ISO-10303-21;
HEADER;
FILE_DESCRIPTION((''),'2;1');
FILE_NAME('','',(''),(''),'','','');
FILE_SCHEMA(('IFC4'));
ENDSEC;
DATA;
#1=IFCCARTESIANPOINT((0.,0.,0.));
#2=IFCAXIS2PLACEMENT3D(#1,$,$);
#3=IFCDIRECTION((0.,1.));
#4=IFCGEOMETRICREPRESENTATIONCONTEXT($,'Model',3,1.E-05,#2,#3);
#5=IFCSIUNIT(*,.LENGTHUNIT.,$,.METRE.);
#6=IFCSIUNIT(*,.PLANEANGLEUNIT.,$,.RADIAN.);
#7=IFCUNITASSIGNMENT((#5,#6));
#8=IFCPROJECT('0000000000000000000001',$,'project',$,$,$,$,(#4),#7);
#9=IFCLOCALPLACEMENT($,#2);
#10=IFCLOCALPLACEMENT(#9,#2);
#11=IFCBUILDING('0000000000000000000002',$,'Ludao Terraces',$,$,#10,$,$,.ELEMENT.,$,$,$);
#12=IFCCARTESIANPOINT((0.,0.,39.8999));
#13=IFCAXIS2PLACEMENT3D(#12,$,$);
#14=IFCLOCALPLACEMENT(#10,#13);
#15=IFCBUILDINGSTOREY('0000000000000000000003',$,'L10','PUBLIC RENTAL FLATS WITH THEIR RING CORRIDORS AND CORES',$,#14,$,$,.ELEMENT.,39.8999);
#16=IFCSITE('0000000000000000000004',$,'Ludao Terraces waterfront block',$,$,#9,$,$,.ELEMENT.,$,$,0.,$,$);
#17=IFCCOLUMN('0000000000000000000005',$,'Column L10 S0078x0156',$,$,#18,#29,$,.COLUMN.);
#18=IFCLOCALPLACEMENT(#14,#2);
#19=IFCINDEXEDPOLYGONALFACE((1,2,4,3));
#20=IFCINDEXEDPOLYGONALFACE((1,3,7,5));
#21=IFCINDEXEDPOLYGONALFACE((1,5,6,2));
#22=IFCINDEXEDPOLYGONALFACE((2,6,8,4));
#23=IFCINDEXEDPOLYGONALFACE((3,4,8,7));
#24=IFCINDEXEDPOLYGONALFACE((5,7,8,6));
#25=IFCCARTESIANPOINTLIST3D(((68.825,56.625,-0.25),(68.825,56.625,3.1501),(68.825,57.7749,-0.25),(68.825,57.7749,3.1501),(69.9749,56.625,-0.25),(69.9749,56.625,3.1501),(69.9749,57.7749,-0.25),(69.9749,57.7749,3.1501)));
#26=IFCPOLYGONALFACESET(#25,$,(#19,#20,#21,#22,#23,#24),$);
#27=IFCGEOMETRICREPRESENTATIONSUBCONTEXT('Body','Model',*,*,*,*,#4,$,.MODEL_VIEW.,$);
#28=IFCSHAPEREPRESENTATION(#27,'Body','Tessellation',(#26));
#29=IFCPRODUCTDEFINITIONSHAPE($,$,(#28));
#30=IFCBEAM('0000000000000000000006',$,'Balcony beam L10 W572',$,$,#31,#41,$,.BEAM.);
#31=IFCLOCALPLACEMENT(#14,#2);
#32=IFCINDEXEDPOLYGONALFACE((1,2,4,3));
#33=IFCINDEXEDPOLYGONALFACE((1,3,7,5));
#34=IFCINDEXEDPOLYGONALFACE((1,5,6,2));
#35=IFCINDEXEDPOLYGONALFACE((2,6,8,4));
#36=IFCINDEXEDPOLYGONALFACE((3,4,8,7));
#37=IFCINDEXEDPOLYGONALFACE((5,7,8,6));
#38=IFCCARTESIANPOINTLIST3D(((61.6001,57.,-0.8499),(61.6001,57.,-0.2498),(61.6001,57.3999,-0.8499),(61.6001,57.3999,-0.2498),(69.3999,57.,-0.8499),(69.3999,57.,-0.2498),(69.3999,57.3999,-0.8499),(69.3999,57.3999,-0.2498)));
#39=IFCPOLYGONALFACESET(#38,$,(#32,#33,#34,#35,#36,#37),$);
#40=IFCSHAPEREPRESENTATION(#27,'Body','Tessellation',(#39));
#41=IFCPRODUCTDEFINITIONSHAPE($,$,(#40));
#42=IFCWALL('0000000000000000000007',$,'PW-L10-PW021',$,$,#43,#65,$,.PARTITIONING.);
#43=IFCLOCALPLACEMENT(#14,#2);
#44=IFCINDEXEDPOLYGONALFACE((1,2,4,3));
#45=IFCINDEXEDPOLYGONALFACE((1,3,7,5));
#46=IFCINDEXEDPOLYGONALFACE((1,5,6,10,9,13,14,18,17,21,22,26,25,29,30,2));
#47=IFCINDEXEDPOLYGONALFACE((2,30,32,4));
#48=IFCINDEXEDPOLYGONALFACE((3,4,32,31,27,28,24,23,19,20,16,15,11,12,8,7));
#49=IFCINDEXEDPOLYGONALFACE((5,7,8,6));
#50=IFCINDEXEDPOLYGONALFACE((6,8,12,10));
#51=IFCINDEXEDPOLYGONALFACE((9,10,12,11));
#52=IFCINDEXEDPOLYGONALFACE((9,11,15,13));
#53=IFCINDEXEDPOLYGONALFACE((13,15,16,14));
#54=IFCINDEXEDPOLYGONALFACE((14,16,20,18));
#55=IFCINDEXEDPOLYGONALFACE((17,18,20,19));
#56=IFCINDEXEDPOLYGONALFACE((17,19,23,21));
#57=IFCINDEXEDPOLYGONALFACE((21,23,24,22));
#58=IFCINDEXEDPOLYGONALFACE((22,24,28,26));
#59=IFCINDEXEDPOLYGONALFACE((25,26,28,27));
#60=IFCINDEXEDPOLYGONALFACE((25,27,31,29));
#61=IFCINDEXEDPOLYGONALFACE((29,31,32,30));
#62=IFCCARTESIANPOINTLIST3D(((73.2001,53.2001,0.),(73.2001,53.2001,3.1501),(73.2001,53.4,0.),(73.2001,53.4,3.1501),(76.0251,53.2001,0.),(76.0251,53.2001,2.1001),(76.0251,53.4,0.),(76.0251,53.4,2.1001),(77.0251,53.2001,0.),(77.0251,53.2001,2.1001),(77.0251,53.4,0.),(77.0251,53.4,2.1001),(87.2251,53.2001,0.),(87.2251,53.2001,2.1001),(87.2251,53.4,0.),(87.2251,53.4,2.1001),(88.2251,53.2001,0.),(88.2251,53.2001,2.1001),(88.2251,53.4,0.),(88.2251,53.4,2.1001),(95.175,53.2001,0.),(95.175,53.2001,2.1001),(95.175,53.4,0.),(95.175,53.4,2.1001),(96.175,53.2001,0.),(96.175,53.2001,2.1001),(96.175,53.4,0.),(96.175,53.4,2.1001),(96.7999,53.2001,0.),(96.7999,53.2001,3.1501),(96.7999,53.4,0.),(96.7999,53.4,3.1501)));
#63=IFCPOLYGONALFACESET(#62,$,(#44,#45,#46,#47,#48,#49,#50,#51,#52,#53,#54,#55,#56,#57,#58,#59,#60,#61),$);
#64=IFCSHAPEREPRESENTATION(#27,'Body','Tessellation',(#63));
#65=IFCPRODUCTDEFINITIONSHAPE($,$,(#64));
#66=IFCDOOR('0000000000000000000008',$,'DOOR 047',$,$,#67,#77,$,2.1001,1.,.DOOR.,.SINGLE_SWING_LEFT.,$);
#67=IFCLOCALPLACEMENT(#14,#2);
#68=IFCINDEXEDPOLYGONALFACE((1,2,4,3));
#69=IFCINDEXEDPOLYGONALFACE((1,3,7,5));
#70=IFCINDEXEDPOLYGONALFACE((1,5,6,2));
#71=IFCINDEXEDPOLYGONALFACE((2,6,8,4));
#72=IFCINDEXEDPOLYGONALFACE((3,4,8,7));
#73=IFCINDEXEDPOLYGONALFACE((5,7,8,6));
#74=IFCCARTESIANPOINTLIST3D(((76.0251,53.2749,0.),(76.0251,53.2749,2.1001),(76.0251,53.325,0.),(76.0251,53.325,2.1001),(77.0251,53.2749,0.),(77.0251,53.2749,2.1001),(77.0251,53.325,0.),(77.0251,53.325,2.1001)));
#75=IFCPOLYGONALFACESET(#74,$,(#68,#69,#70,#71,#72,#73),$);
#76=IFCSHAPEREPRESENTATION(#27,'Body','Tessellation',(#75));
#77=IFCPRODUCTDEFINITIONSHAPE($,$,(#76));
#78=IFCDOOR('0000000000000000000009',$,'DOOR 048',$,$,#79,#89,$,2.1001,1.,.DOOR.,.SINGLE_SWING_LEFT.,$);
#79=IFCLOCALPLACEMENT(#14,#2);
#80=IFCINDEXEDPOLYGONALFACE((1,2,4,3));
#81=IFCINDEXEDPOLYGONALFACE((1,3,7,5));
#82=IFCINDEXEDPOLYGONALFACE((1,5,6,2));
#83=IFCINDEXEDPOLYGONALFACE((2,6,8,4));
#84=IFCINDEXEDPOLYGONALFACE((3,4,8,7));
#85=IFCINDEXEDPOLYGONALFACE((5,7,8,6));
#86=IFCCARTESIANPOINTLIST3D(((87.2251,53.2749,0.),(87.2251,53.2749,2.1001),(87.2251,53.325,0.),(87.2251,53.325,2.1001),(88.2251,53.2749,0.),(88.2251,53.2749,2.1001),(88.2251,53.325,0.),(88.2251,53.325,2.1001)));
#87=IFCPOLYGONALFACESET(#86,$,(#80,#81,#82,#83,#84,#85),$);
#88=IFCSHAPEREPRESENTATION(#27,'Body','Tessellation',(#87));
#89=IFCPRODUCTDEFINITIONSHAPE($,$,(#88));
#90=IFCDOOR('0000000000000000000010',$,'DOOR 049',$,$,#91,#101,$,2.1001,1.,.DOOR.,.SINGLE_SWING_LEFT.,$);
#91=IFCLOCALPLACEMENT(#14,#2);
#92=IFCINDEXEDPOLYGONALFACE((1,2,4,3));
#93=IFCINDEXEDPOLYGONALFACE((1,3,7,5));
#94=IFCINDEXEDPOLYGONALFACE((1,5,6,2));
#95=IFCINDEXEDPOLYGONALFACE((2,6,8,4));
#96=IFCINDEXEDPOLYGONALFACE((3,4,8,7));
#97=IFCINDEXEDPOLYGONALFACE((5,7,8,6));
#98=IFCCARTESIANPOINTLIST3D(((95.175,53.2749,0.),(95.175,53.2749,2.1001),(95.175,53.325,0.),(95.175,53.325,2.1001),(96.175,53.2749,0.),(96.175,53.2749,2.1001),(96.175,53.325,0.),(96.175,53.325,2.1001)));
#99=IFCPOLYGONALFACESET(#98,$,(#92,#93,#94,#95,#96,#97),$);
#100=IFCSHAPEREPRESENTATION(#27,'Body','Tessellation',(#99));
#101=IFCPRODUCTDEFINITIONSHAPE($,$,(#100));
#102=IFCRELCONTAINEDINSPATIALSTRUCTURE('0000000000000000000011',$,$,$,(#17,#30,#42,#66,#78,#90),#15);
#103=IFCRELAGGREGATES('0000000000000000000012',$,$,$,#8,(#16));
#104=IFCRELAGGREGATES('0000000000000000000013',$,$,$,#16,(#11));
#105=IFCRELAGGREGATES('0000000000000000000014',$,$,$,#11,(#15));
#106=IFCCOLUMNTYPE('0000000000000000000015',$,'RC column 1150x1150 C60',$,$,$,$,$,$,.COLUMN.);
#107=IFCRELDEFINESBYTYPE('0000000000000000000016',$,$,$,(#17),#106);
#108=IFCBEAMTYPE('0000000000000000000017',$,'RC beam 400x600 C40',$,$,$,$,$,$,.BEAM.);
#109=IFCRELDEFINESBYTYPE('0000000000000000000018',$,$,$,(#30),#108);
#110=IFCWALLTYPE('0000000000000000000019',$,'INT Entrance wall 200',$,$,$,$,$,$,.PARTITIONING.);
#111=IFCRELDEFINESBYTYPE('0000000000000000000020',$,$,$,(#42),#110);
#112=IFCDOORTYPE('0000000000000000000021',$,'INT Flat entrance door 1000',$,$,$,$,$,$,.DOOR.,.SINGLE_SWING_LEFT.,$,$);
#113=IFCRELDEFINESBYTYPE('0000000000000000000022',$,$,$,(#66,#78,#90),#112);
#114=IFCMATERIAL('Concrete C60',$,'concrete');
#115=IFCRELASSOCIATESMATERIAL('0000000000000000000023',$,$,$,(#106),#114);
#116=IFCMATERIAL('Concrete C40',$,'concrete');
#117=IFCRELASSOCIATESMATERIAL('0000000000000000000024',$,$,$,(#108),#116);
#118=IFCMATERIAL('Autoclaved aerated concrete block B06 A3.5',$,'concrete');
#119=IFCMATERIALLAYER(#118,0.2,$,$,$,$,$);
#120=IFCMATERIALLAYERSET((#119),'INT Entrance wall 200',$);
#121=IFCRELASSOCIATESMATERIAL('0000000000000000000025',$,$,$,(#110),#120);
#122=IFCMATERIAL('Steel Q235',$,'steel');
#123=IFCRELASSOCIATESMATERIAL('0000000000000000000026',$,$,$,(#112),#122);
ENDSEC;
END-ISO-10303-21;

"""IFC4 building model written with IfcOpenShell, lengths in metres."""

from ifc_helpers import new_model, si_unit, direction, frame, frame_2d, origin, origin_2d, place, context, subcontext, project, spatial, rectangle, extrude, material, layer, layer_set, material_profile, profile_set, type_object, element, fill, save


model = new_model("IFC4")

# Units and contexts
model_context = context("Model", 3, precision=1e-05, world=origin(), true_north=direction((0.0, 1.0)))
body_context = subcontext(model_context, "Body", "Model", "MODEL_VIEW")
ifc_project = project(units=[si_unit("LENGTHUNIT", "METRE"), si_unit("PLANEANGLEUNIT", "RADIAN")], contexts=[model_context])

# Site, building, storey
site_placement = place(None, origin())
site = spatial("IfcSite", under=ifc_project, at=site_placement, Name="Ludao Terraces waterfront block", CompositionType="ELEMENT", RefElevation=0.0)
building_placement = place(site_placement, origin())
building = spatial("IfcBuilding", under=site, at=building_placement, Name="Ludao Terraces", CompositionType="ELEMENT")
storey_placement = place(building_placement, frame((0.0, 0.0, 39.8999)))
storey = spatial("IfcBuildingStorey", under=building, at=storey_placement, Name="L10", Description="PUBLIC RENTAL FLATS WITH THEIR RING CORRIDORS AND CORES", CompositionType="ELEMENT", Elevation=39.8999)

# Column
ifc_material_1 = material(Name="Concrete C60", Category="concrete")
ifc_material_profile_1 = material_profile(ifc_material_1, rectangle(XDim=1.1499, YDim=1.1499, at=origin_2d()), Name="1150 X 1150")
ifc_profile_set_1 = profile_set([ifc_material_profile_1], Name="Concrete C60")
column_type = type_object("IfcColumnType", Name="RC column 1150x1150 C60", PredefinedType="COLUMN", material=ifc_profile_set_1)
column_placement = place(storey_placement, frame((69.3999, 57.2, -0.25), z_axis=(0.0, 0.0, 1.0), x_axis=(1.0, 0.0, 0.0)))
element("IfcColumn", 1, at=column_placement, inside=storey, type_object=column_type, Name="Column L10 S0078x0156", PredefinedType="COLUMN", context=body_context, shape_type="SweptSolid", body=[
    extrude(rectangle(XDim=1.1499, YDim=1.1499, at=origin_2d()), origin(), (0.0, 0.0, 1.0), 3.4001),
])

# Beam
ifc_material_2 = material(Name="Concrete C40", Category="concrete")
ifc_material_profile_2 = material_profile(ifc_material_2, rectangle(XDim=0.3999, YDim=0.6001, at=origin_2d()), Name="400 X 600")
ifc_profile_set_2 = profile_set([ifc_material_profile_2], Name="Concrete C40")
beam_type = type_object("IfcBeamType", Name="RC beam 400x600 C40", PredefinedType="BEAM", material=ifc_profile_set_2)
beam_placement = place(storey_placement, frame((69.3999, 57.2, -0.5498), z_axis=(-1.0, 0.0, 0.0), x_axis=(0.0, -1.0, 0.0)))
element("IfcBeam", 2, at=beam_placement, inside=storey, type_object=beam_type, Name="Balcony beam L10 W572", PredefinedType="BEAM", context=body_context, shape_type="SweptSolid", body=[
    extrude(rectangle(XDim=0.3999, YDim=0.6001, at=origin_2d()), origin(), (0.0, 0.0, 1.0), 7.7998),
])

# Wall, openings, doors
ifc_material_3 = material(Name="Autoclaved aerated concrete block B06 A3.5", Category="concrete")
ifc_layer_1 = layer(ifc_material_3, 0.2)
ifc_layer_set_1 = layer_set([ifc_layer_1], Name="INT Entrance wall 200")
wall_type_1 = type_object("IfcWallType", Name="INT Entrance wall 200", PredefinedType="PARTITIONING", material=ifc_layer_set_1)
wall_1_placement = place(storey_placement, frame((73.2002, 53.3, 0.0), z_axis=(0.0, 0.0, 1.0), x_axis=(1.0, 0.0, 0.0)))
wall_1 = element("IfcWall", 3, at=wall_1_placement, inside=storey, type_object=wall_type_1, Name="PW-L10-PW021", PredefinedType="PARTITIONING", context=body_context, shape_type="SweptSolid", body=[
    extrude(rectangle(XDim=23.5999, YDim=0.2, at=frame_2d((11.7998, 0.0))), origin(), (0.0, 0.0, 1.0), 3.1501),
])
opening_1_placement = place(wall_1_placement, frame((2.825, 0.0, 0.0)))
opening_1 = element("IfcOpeningElement", 4, at=opening_1_placement, cuts=wall_1, PredefinedType="OPENING", context=body_context, shape_type="SweptSolid", body=[
    extrude(rectangle(XDim=1.0, YDim=2.1001, at=frame_2d((0.5, 1.05))), frame((0.0, 0.1099, 0.0), z_axis=(0.0, -1.0, 0.0), x_axis=(1.0, 0.0, 0.0)), (0.0, 0.0, 1.0), 0.22),
])
opening_2_placement = place(wall_1_placement, frame((14.0249, 0.0, 0.0)))
opening_2 = element("IfcOpeningElement", 5, at=opening_2_placement, cuts=wall_1, PredefinedType="OPENING", context=body_context, shape_type="SweptSolid", body=[
    extrude(rectangle(XDim=1.0, YDim=2.1001, at=frame_2d((0.5, 1.05))), frame((0.0, 0.1099, 0.0), z_axis=(0.0, -1.0, 0.0), x_axis=(1.0, 0.0, 0.0)), (0.0, 0.0, 1.0), 0.22),
])
opening_3_placement = place(wall_1_placement, frame((21.9749, 0.0, 0.0)))
opening_3 = element("IfcOpeningElement", 6, at=opening_3_placement, cuts=wall_1, PredefinedType="OPENING", context=body_context, shape_type="SweptSolid", body=[
    extrude(rectangle(XDim=1.0, YDim=2.1001, at=frame_2d((0.5, 1.05))), frame((0.0, 0.1099, 0.0), z_axis=(0.0, -1.0, 0.0), x_axis=(1.0, 0.0, 0.0)), (0.0, 0.0, 1.0), 0.22),
])
ifc_material_4 = material(Name="Steel Q235", Category="steel")
door_type_1 = type_object("IfcDoorType", Name="INT Flat entrance door 1000", OperationType="SINGLE_SWING_LEFT", PredefinedType="DOOR", material=ifc_material_4)
door_1_placement = place(opening_1_placement, origin())
door_1 = element("IfcDoor", 7, at=door_1_placement, inside=storey, type_object=door_type_1, Name="DOOR 047", OperationType="SINGLE_SWING_LEFT", OverallHeight=2.1001, OverallWidth=1.0, PredefinedType="DOOR", context=body_context, shape_type="SweptSolid", body=[
    extrude(rectangle(XDim=1.0, YDim=2.1001, at=frame_2d((0.5, 1.05))), frame((0.0, 0.0249, 0.0), z_axis=(0.0, -1.0, 0.0), x_axis=(1.0, 0.0, 0.0)), (0.0, 0.0, 1.0), 0.05),
])
fill(opening_1, door_1)
door_2_placement = place(opening_2_placement, origin())
door_2 = element("IfcDoor", 8, at=door_2_placement, inside=storey, type_object=door_type_1, Name="DOOR 048", OperationType="SINGLE_SWING_LEFT", OverallHeight=2.1001, OverallWidth=1.0, PredefinedType="DOOR", context=body_context, shape_type="SweptSolid", body=[
    extrude(rectangle(XDim=1.0, YDim=2.1001, at=frame_2d((0.5, 1.05))), frame((0.0, 0.0249, 0.0), z_axis=(0.0, -1.0, 0.0), x_axis=(1.0, 0.0, 0.0)), (0.0, 0.0, 1.0), 0.05),
])
fill(opening_2, door_2)
door_3_placement = place(opening_3_placement, origin())
door_3 = element("IfcDoor", 9, at=door_3_placement, inside=storey, type_object=door_type_1, Name="DOOR 049", OperationType="SINGLE_SWING_LEFT", OverallHeight=2.1001, OverallWidth=1.0, PredefinedType="DOOR", context=body_context, shape_type="SweptSolid", body=[
    extrude(rectangle(XDim=1.0, YDim=2.1001, at=frame_2d((0.5, 1.05))), frame((0.0, 0.0249, 0.0), z_axis=(0.0, -1.0, 0.0), x_axis=(1.0, 0.0, 0.0)), (0.0, 0.0, 1.0), 0.05),
])
fill(opening_3, door_3)

save(model, "model.ifc")
